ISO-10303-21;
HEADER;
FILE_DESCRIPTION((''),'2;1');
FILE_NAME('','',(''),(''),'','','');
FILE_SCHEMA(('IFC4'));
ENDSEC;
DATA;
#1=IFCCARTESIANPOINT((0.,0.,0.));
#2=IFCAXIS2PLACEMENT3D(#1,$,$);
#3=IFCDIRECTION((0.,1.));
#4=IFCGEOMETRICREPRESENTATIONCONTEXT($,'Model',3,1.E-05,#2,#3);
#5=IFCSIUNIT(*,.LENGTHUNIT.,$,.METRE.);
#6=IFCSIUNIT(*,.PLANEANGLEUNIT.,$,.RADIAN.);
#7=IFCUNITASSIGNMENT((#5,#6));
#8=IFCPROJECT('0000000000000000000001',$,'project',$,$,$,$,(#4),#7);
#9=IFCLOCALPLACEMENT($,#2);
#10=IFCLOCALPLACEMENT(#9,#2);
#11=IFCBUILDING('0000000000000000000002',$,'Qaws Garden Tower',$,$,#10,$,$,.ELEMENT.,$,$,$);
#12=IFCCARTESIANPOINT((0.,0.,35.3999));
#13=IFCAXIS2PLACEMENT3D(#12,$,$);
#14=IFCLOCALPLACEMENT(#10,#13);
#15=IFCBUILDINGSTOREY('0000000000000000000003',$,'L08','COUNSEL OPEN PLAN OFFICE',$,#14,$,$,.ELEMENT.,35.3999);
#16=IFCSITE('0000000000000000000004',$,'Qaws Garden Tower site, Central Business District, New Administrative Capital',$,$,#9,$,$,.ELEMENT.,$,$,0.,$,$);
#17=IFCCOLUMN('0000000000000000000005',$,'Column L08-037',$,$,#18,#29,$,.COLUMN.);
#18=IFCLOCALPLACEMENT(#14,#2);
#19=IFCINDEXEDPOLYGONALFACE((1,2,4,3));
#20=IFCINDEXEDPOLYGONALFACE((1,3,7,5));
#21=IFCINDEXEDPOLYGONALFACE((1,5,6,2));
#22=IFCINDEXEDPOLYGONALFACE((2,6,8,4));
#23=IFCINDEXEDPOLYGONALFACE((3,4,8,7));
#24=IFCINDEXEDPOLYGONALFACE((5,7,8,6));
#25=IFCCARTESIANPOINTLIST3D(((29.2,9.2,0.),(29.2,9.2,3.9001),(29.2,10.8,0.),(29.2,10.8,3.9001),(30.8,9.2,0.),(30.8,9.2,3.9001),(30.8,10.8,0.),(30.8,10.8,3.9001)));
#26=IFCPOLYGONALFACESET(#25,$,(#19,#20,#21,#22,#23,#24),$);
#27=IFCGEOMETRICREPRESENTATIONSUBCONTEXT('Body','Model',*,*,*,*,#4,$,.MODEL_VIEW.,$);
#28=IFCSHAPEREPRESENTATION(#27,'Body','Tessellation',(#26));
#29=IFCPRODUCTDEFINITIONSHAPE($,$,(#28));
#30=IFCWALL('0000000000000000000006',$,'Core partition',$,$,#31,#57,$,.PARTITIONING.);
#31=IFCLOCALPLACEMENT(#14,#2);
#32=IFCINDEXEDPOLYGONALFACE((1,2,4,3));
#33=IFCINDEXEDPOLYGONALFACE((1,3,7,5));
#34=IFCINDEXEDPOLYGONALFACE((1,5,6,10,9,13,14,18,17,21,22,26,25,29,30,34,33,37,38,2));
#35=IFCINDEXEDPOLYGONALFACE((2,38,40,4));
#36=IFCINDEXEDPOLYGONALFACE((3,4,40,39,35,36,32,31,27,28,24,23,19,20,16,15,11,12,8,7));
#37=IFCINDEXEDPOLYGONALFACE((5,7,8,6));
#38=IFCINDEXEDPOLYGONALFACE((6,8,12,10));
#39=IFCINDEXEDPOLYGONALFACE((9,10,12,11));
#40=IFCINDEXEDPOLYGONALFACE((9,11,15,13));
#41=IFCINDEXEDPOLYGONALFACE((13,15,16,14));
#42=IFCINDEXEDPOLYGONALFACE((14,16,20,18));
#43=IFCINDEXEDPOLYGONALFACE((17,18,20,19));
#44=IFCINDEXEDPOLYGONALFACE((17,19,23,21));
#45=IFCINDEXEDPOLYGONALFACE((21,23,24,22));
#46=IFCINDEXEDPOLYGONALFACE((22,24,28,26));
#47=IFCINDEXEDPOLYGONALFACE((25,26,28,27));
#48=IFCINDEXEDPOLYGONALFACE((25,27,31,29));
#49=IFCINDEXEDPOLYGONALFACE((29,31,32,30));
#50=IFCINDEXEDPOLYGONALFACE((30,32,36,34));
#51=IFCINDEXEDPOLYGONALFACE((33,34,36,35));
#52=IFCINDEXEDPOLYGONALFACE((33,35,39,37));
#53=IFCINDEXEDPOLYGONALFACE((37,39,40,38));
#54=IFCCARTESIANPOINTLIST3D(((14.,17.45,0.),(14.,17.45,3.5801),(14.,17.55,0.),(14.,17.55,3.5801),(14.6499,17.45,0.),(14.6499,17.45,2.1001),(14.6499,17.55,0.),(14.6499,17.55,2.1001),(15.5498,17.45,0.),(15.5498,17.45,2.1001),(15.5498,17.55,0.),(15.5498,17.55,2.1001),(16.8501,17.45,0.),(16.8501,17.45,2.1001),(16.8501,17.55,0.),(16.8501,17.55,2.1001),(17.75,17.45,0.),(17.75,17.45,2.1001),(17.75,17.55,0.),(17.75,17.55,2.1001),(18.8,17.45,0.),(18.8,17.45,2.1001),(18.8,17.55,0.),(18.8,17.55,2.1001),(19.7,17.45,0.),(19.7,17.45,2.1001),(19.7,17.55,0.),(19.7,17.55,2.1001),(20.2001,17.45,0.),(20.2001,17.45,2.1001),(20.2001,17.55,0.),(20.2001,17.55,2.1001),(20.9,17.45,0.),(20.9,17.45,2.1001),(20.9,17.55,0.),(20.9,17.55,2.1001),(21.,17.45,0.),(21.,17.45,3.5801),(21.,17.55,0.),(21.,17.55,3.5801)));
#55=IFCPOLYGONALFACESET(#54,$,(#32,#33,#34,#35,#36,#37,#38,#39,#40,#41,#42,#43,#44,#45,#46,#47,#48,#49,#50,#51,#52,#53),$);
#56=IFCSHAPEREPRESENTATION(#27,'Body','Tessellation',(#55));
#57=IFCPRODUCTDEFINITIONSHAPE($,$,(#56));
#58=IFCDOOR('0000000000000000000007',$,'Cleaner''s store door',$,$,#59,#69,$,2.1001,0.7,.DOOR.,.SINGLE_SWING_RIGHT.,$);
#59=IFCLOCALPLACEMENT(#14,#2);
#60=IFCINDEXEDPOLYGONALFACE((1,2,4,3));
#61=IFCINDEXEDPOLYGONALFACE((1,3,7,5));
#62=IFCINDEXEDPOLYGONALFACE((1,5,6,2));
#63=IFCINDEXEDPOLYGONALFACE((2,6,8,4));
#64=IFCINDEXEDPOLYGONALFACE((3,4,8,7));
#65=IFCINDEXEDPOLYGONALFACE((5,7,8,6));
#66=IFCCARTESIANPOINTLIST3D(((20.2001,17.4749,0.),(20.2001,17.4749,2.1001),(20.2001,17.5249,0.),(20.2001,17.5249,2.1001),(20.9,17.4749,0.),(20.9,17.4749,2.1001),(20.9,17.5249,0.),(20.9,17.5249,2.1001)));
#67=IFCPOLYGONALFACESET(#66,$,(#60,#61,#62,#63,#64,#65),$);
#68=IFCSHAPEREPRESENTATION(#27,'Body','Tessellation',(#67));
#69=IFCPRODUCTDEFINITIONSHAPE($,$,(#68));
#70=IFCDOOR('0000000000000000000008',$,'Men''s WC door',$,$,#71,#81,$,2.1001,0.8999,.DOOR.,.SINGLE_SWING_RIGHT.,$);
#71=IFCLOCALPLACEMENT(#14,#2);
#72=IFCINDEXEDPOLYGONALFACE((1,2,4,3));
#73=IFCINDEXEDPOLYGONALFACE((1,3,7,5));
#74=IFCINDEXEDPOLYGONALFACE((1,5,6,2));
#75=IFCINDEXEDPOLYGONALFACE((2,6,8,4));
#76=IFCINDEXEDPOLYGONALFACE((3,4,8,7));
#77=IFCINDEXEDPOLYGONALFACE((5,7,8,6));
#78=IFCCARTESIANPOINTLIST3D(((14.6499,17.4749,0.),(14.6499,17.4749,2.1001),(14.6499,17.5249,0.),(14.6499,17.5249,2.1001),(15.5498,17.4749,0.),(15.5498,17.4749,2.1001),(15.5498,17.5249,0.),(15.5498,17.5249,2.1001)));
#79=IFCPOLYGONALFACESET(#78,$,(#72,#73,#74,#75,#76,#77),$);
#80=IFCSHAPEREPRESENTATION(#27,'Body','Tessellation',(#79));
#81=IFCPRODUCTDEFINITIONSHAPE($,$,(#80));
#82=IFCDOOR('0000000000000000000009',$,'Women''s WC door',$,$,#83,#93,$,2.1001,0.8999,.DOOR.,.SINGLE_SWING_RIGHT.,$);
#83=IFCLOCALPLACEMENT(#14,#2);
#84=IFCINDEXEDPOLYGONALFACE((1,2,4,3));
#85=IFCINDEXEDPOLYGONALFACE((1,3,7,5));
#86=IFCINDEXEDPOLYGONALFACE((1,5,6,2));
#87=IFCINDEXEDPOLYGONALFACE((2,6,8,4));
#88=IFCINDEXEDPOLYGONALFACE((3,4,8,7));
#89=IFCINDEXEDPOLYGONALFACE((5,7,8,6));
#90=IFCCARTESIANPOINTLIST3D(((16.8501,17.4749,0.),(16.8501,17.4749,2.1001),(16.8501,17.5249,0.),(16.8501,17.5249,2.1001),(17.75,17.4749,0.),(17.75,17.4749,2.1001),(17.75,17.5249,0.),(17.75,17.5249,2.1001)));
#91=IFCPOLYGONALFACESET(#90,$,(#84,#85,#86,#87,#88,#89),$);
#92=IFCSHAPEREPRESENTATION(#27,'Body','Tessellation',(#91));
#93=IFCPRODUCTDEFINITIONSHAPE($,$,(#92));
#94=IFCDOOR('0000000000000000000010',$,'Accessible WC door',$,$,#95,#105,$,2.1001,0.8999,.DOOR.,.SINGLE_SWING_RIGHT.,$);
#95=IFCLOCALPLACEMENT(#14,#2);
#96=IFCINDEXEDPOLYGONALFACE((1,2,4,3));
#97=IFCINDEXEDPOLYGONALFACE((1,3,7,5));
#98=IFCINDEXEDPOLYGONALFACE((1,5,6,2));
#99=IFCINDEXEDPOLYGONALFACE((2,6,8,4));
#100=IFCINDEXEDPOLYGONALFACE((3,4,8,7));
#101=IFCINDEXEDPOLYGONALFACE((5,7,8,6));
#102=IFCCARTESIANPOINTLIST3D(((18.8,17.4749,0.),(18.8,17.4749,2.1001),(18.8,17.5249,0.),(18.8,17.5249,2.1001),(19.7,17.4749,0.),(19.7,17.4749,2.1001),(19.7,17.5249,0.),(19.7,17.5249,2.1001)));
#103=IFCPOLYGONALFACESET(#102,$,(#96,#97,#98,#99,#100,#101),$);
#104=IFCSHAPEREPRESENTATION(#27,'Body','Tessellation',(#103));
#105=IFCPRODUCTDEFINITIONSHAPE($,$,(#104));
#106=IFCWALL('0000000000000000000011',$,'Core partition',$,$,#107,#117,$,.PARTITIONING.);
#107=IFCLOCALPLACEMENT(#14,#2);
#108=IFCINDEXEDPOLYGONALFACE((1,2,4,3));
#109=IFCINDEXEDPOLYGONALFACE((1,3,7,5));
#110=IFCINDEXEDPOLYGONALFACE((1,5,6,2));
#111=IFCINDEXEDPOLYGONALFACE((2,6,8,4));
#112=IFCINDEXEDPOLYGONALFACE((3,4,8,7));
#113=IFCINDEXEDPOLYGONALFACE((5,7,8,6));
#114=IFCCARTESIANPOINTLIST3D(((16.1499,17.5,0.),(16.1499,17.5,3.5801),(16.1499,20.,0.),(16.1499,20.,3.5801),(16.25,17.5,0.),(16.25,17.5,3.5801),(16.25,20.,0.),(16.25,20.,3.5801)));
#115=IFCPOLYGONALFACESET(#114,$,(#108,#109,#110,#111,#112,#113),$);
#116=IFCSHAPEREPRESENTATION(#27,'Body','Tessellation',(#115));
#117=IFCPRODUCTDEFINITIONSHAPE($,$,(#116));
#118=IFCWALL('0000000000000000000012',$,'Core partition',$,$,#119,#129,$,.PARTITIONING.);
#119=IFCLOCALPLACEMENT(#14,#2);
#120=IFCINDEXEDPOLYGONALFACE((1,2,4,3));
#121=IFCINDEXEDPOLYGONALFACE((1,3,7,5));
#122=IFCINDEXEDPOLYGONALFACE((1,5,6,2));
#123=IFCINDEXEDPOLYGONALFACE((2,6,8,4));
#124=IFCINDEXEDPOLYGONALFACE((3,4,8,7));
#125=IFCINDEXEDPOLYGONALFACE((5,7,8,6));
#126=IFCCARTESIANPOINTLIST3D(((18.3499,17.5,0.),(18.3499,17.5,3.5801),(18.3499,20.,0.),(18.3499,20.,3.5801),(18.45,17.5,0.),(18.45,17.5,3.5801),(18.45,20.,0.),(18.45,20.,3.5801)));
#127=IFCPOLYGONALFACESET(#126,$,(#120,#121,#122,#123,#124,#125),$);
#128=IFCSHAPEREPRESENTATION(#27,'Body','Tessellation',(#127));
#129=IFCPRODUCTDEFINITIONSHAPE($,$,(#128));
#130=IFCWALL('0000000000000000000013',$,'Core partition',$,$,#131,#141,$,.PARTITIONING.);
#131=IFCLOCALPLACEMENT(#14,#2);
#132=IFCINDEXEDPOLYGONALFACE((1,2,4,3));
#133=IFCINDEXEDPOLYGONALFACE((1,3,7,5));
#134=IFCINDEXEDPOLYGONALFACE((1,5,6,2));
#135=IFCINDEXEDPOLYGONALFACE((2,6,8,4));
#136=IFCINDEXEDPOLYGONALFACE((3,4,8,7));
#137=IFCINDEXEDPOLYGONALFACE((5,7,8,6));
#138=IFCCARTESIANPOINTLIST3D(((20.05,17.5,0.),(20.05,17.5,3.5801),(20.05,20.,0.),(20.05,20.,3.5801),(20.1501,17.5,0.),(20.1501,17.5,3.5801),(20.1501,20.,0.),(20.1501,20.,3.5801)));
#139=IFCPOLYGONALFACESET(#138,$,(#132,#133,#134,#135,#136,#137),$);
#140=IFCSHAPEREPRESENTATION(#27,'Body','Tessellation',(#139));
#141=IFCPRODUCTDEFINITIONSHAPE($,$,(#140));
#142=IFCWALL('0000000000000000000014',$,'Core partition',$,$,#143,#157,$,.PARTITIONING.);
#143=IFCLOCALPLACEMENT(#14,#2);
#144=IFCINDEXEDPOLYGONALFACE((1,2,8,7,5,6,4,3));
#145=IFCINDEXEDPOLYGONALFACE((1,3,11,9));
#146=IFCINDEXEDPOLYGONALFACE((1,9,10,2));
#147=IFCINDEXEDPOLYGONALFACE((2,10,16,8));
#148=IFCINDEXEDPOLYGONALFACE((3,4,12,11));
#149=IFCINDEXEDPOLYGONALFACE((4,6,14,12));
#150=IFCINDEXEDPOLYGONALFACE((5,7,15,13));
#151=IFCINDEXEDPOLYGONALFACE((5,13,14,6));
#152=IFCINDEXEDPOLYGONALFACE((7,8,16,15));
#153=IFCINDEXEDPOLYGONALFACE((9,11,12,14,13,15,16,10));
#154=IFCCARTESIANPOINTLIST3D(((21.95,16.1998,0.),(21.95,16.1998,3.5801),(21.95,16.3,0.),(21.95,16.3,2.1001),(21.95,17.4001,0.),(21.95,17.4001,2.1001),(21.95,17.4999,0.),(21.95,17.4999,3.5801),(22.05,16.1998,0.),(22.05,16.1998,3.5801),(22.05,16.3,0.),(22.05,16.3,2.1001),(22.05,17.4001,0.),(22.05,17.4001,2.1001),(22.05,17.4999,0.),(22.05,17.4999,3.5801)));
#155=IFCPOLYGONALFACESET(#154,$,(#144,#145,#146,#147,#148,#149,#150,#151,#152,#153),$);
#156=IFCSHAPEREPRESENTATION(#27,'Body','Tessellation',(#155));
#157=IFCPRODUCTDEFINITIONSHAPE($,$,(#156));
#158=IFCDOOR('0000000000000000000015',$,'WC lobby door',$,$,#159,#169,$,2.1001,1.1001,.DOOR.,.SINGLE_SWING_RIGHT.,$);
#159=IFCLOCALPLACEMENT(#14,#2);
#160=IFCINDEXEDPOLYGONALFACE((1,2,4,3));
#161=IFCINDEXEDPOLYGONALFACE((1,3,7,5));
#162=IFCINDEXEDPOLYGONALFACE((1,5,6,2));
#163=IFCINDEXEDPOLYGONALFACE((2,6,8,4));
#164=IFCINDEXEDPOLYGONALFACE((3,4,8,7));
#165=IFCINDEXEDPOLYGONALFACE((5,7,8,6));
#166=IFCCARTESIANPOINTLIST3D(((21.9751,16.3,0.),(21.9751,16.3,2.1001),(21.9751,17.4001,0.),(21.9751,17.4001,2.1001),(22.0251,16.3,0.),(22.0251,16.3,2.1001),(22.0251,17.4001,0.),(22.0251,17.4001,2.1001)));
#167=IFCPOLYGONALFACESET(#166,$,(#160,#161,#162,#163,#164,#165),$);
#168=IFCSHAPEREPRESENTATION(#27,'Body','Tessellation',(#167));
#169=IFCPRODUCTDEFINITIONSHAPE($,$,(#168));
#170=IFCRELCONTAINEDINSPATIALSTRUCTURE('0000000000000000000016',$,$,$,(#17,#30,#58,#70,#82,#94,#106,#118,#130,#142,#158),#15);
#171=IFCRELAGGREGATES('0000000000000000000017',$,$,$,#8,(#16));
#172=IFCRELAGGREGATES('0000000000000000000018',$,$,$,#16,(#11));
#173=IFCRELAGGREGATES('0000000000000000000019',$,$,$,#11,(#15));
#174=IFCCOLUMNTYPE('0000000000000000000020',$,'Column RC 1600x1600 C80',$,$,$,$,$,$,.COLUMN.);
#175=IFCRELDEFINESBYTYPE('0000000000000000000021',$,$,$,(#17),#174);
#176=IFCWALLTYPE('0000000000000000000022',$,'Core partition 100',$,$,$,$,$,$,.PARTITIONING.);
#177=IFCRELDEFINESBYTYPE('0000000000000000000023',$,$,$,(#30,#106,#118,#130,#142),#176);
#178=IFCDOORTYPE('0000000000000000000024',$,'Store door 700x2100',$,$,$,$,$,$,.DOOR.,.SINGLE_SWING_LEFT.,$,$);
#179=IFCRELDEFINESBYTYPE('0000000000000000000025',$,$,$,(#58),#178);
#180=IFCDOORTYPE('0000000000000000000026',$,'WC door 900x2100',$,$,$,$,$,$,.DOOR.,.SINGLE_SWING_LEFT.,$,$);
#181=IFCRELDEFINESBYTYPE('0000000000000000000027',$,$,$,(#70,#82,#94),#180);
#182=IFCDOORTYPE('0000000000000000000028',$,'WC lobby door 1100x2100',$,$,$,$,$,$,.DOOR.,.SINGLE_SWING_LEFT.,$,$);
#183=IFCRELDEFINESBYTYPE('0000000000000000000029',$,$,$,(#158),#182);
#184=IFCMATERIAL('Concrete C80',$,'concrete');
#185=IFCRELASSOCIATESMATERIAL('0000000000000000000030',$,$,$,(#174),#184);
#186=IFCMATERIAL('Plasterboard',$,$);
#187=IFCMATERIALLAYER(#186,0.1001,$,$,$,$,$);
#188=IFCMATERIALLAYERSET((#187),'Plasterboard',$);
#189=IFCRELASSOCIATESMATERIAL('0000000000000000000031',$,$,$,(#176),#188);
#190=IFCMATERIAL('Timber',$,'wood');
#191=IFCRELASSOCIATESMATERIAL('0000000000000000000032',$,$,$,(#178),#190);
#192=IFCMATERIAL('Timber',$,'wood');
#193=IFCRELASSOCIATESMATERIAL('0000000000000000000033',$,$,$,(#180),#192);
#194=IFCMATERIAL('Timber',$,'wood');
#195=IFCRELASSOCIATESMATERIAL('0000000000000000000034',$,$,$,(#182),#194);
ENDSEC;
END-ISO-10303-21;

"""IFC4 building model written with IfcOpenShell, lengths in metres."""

from ifc_helpers import new_model, si_unit, direction, frame, frame_2d, origin, origin_2d, place, context, subcontext, project, spatial, rectangle, extrude, material, layer, layer_set, material_profile, profile_set, type_object, element, fill, save


model = new_model("IFC4")

# Units and contexts
model_context = context("Model", 3, precision=1e-05, world=origin(), true_north=direction((0.0, 1.0)))
body_context = subcontext(model_context, "Body", "Model", "MODEL_VIEW")
ifc_project = project(units=[si_unit("LENGTHUNIT", "METRE"), si_unit("PLANEANGLEUNIT", "RADIAN")], contexts=[model_context])

# Site, building, storey
site_placement = place(None, origin())
site = spatial("IfcSite", under=ifc_project, at=site_placement, Name="Qaws Garden Tower site, Central Business District, New Administrative Capital", CompositionType="ELEMENT", RefElevation=0.0)
building_placement = place(site_placement, origin())
building = spatial("IfcBuilding", under=site, at=building_placement, Name="Qaws Garden Tower", CompositionType="ELEMENT")
storey_placement = place(building_placement, frame((0.0, 0.0, 35.3999)))
storey = spatial("IfcBuildingStorey", under=building, at=storey_placement, Name="L08", Description="COUNSEL OPEN PLAN OFFICE", CompositionType="ELEMENT", Elevation=35.3999)

# Column
ifc_material_1 = material(Name="Concrete C80", Category="concrete")
ifc_material_profile = material_profile(ifc_material_1, rectangle(XDim=1.6001, YDim=1.6001, at=origin_2d()), Name="RC 1600x1600")
ifc_profile_set = profile_set([ifc_material_profile], Name="Concrete C80")
column_type = type_object("IfcColumnType", Name="Column RC 1600x1600 C80", PredefinedType="COLUMN", material=ifc_profile_set)
column_placement = place(storey_placement, frame((30.0, 10.0, 0.0), z_axis=(0.0, 0.0, 1.0), x_axis=(1.0, 0.0, 0.0)))
element("IfcColumn", 1, at=column_placement, inside=storey, type_object=column_type, Name="Column L08-037", PredefinedType="COLUMN", context=body_context, shape_type="SweptSolid", body=[
    extrude(rectangle(XDim=1.6001, YDim=1.6001, at=origin_2d()), origin(), (0.0, 0.0, 1.0), 3.9001),
])

# Wall, openings, doors
ifc_material_2 = material(Name="Plasterboard")
ifc_layer_1 = layer(ifc_material_2, 0.1001)
ifc_layer_set_1 = layer_set([ifc_layer_1], Name="Plasterboard")
wall_type_1 = type_object("IfcWallType", Name="Core partition 100", PredefinedType="PARTITIONING", material=ifc_layer_set_1)
wall_1_placement = place(storey_placement, frame((14.0, 17.5, 0.0), z_axis=(0.0, 0.0, 1.0), x_axis=(1.0, 0.0, 0.0)))
wall_1 = element("IfcWall", 2, at=wall_1_placement, inside=storey, type_object=wall_type_1, Name="Core partition", PredefinedType="PARTITIONING", context=body_context, shape_type="SweptSolid", body=[
    extrude(rectangle(XDim=7.0, YDim=0.1001, at=frame_2d((3.5, 0.0))), origin(), (0.0, 0.0, 1.0), 3.5801),
])
opening_1_placement = place(wall_1_placement, frame((0.6499, 0.0, 0.0)))
opening_1 = element("IfcOpeningElement", 3, at=opening_1_placement, cuts=wall_1, PredefinedType="OPENING", context=body_context, shape_type="SweptSolid", body=[
    extrude(rectangle(XDim=0.8999, YDim=2.1001, at=frame_2d((0.45, 1.05))), frame((0.0, 0.0601, 0.0), z_axis=(0.0, -1.0, 0.0), x_axis=(1.0, 0.0, 0.0)), (0.0, 0.0, 1.0), 0.1201),
])
opening_2_placement = place(wall_1_placement, frame((2.8501, 0.0, 0.0)))
opening_2 = element("IfcOpeningElement", 4, at=opening_2_placement, cuts=wall_1, PredefinedType="OPENING", context=body_context, shape_type="SweptSolid", body=[
    extrude(rectangle(XDim=0.8999, YDim=2.1001, at=frame_2d((0.45, 1.05))), frame((0.0, 0.0601, 0.0), z_axis=(0.0, -1.0, 0.0), x_axis=(1.0, 0.0, 0.0)), (0.0, 0.0, 1.0), 0.1201),
])
opening_3_placement = place(wall_1_placement, frame((4.8, 0.0, 0.0)))
opening_3 = element("IfcOpeningElement", 5, at=opening_3_placement, cuts=wall_1, PredefinedType="OPENING", context=body_context, shape_type="SweptSolid", body=[
    extrude(rectangle(XDim=0.8999, YDim=2.1001, at=frame_2d((0.45, 1.05))), frame((0.0, 0.0601, 0.0), z_axis=(0.0, -1.0, 0.0), x_axis=(1.0, 0.0, 0.0)), (0.0, 0.0, 1.0), 0.1201),
])
opening_4_placement = place(wall_1_placement, frame((6.2, 0.0, 0.0)))
opening_4 = element("IfcOpeningElement", 6, at=opening_4_placement, cuts=wall_1, PredefinedType="OPENING", context=body_context, shape_type="SweptSolid", body=[
    extrude(rectangle(XDim=0.7, YDim=2.1001, at=frame_2d((0.3501, 1.05))), frame((0.0, 0.0601, 0.0), z_axis=(0.0, -1.0, 0.0), x_axis=(1.0, 0.0, 0.0)), (0.0, 0.0, 1.0), 0.1201),
])
ifc_material_3 = material(Name="Timber", Category="wood")
door_type_1 = type_object("IfcDoorType", Name="Store door 700x2100", OperationType="SINGLE_SWING_LEFT", PredefinedType="DOOR", material=ifc_material_3)
door_1_placement = place(opening_4_placement, origin())
door_1 = element("IfcDoor", 7, at=door_1_placement, inside=storey, type_object=door_type_1, Name="Cleaner's store door", OperationType="SINGLE_SWING_RIGHT", OverallHeight=2.1001, OverallWidth=0.7, PredefinedType="DOOR", context=body_context, shape_type="SweptSolid", body=[
    extrude(rectangle(XDim=0.7, YDim=2.1001, at=frame_2d((0.3501, 1.05))), frame((0.0, 0.0249, 0.0), z_axis=(0.0, -1.0, 0.0), x_axis=(1.0, 0.0, 0.0)), (0.0, 0.0, 1.0), 0.05),
])
fill(opening_4, door_1)
ifc_material_4 = material(Name="Timber", Category="wood")
door_type_2 = type_object("IfcDoorType", Name="WC door 900x2100", OperationType="SINGLE_SWING_LEFT", PredefinedType="DOOR", material=ifc_material_4)
door_2_placement = place(opening_1_placement, origin())
door_2 = element("IfcDoor", 8, at=door_2_placement, inside=storey, type_object=door_type_2, Name="Men's WC door", OperationType="SINGLE_SWING_RIGHT", OverallHeight=2.1001, OverallWidth=0.8999, PredefinedType="DOOR", context=body_context, shape_type="SweptSolid", body=[
    extrude(rectangle(XDim=0.8999, YDim=2.1001, at=frame_2d((0.45, 1.05))), frame((0.0, 0.0249, 0.0), z_axis=(0.0, -1.0, 0.0), x_axis=(1.0, 0.0, 0.0)), (0.0, 0.0, 1.0), 0.05),
])
fill(opening_1, door_2)
door_3_placement = place(opening_2_placement, origin())
door_3 = element("IfcDoor", 9, at=door_3_placement, inside=storey, type_object=door_type_2, Name="Women's WC door", OperationType="SINGLE_SWING_RIGHT", OverallHeight=2.1001, OverallWidth=0.8999, PredefinedType="DOOR", context=body_context, shape_type="SweptSolid", body=[
    extrude(rectangle(XDim=0.8999, YDim=2.1001, at=frame_2d((0.45, 1.05))), frame((0.0, 0.0249, 0.0), z_axis=(0.0, -1.0, 0.0), x_axis=(1.0, 0.0, 0.0)), (0.0, 0.0, 1.0), 0.05),
])
fill(opening_2, door_3)
door_4_placement = place(opening_3_placement, origin())
door_4 = element("IfcDoor", 10, at=door_4_placement, inside=storey, type_object=door_type_2, Name="Accessible WC door", OperationType="SINGLE_SWING_RIGHT", OverallHeight=2.1001, OverallWidth=0.8999, PredefinedType="DOOR", context=body_context, shape_type="SweptSolid", body=[
    extrude(rectangle(XDim=0.8999, YDim=2.1001, at=frame_2d((0.45, 1.05))), frame((0.0, 0.0249, 0.0), z_axis=(0.0, -1.0, 0.0), x_axis=(1.0, 0.0, 0.0)), (0.0, 0.0, 1.0), 0.05),
])
fill(opening_3, door_4)

# Walls
for number, where, z_axis, x_axis, name in (
    (11, (16.2, 17.5, 0.0), (0.0, 0.0, 1.0), (0.0, 1.0, 0.0), "Core partition"),
    (12, (18.3999, 17.5, 0.0), (0.0, 0.0, 1.0), (0.0, 1.0, 0.0), "Core partition"),
    (13, (20.1001, 17.5, 0.0), (0.0, 0.0, 1.0), (0.0, 1.0, 0.0), "Core partition"),
):
    element("IfcWall", number, at=place(storey_placement, frame(where, z_axis=z_axis, x_axis=x_axis)), inside=storey, type_object=wall_type_1, Name=name, PredefinedType="PARTITIONING", context=body_context, shape_type="SweptSolid", body=[
        extrude(rectangle(XDim=2.5, YDim=0.1001, at=frame_2d((1.25, 0.0))), origin(), (0.0, 0.0, 1.0), 3.5801),
    ])

# Wall, opening, door
wall_2_placement = place(storey_placement, frame((22.0, 16.2, 0.0), z_axis=(0.0, 0.0, 1.0), x_axis=(0.0, 1.0, 0.0)))
wall_2 = element("IfcWall", 14, at=wall_2_placement, inside=storey, type_object=wall_type_1, Name="Core partition", PredefinedType="PARTITIONING", context=body_context, shape_type="SweptSolid", body=[
    extrude(rectangle(XDim=1.3, YDim=0.1001, at=frame_2d((0.6499, 0.0))), origin(), (0.0, 0.0, 1.0), 3.5801),
])
opening_5_placement = place(wall_2_placement, frame((0.1001, 0.0, 0.0)))
opening_5 = element("IfcOpeningElement", 15, at=opening_5_placement, cuts=wall_2, PredefinedType="OPENING", context=body_context, shape_type="SweptSolid", body=[
    extrude(rectangle(XDim=1.1001, YDim=2.1001, at=frame_2d((0.55, 1.05))), frame((0.0, 0.0601, 0.0), z_axis=(0.0, -1.0, 0.0), x_axis=(1.0, 0.0, 0.0)), (0.0, 0.0, 1.0), 0.1201),
])
ifc_material_5 = material(Name="Timber", Category="wood")
door_type_3 = type_object("IfcDoorType", Name="WC lobby door 1100x2100", OperationType="SINGLE_SWING_LEFT", PredefinedType="DOOR", material=ifc_material_5)
door_5_placement = place(opening_5_placement, origin())
door_5 = element("IfcDoor", 16, at=door_5_placement, inside=storey, type_object=door_type_3, Name="WC lobby door", OperationType="SINGLE_SWING_RIGHT", OverallHeight=2.1001, OverallWidth=1.1001, PredefinedType="DOOR", context=body_context, shape_type="SweptSolid", body=[
    extrude(rectangle(XDim=1.1001, YDim=2.1001, at=frame_2d((0.55, 1.05))), frame((0.0, 0.0249, 0.0), z_axis=(0.0, -1.0, 0.0), x_axis=(1.0, 0.0, 0.0)), (0.0, 0.0, 1.0), 0.05),
])
fill(opening_5, door_5)

save(model, "model.ifc")
